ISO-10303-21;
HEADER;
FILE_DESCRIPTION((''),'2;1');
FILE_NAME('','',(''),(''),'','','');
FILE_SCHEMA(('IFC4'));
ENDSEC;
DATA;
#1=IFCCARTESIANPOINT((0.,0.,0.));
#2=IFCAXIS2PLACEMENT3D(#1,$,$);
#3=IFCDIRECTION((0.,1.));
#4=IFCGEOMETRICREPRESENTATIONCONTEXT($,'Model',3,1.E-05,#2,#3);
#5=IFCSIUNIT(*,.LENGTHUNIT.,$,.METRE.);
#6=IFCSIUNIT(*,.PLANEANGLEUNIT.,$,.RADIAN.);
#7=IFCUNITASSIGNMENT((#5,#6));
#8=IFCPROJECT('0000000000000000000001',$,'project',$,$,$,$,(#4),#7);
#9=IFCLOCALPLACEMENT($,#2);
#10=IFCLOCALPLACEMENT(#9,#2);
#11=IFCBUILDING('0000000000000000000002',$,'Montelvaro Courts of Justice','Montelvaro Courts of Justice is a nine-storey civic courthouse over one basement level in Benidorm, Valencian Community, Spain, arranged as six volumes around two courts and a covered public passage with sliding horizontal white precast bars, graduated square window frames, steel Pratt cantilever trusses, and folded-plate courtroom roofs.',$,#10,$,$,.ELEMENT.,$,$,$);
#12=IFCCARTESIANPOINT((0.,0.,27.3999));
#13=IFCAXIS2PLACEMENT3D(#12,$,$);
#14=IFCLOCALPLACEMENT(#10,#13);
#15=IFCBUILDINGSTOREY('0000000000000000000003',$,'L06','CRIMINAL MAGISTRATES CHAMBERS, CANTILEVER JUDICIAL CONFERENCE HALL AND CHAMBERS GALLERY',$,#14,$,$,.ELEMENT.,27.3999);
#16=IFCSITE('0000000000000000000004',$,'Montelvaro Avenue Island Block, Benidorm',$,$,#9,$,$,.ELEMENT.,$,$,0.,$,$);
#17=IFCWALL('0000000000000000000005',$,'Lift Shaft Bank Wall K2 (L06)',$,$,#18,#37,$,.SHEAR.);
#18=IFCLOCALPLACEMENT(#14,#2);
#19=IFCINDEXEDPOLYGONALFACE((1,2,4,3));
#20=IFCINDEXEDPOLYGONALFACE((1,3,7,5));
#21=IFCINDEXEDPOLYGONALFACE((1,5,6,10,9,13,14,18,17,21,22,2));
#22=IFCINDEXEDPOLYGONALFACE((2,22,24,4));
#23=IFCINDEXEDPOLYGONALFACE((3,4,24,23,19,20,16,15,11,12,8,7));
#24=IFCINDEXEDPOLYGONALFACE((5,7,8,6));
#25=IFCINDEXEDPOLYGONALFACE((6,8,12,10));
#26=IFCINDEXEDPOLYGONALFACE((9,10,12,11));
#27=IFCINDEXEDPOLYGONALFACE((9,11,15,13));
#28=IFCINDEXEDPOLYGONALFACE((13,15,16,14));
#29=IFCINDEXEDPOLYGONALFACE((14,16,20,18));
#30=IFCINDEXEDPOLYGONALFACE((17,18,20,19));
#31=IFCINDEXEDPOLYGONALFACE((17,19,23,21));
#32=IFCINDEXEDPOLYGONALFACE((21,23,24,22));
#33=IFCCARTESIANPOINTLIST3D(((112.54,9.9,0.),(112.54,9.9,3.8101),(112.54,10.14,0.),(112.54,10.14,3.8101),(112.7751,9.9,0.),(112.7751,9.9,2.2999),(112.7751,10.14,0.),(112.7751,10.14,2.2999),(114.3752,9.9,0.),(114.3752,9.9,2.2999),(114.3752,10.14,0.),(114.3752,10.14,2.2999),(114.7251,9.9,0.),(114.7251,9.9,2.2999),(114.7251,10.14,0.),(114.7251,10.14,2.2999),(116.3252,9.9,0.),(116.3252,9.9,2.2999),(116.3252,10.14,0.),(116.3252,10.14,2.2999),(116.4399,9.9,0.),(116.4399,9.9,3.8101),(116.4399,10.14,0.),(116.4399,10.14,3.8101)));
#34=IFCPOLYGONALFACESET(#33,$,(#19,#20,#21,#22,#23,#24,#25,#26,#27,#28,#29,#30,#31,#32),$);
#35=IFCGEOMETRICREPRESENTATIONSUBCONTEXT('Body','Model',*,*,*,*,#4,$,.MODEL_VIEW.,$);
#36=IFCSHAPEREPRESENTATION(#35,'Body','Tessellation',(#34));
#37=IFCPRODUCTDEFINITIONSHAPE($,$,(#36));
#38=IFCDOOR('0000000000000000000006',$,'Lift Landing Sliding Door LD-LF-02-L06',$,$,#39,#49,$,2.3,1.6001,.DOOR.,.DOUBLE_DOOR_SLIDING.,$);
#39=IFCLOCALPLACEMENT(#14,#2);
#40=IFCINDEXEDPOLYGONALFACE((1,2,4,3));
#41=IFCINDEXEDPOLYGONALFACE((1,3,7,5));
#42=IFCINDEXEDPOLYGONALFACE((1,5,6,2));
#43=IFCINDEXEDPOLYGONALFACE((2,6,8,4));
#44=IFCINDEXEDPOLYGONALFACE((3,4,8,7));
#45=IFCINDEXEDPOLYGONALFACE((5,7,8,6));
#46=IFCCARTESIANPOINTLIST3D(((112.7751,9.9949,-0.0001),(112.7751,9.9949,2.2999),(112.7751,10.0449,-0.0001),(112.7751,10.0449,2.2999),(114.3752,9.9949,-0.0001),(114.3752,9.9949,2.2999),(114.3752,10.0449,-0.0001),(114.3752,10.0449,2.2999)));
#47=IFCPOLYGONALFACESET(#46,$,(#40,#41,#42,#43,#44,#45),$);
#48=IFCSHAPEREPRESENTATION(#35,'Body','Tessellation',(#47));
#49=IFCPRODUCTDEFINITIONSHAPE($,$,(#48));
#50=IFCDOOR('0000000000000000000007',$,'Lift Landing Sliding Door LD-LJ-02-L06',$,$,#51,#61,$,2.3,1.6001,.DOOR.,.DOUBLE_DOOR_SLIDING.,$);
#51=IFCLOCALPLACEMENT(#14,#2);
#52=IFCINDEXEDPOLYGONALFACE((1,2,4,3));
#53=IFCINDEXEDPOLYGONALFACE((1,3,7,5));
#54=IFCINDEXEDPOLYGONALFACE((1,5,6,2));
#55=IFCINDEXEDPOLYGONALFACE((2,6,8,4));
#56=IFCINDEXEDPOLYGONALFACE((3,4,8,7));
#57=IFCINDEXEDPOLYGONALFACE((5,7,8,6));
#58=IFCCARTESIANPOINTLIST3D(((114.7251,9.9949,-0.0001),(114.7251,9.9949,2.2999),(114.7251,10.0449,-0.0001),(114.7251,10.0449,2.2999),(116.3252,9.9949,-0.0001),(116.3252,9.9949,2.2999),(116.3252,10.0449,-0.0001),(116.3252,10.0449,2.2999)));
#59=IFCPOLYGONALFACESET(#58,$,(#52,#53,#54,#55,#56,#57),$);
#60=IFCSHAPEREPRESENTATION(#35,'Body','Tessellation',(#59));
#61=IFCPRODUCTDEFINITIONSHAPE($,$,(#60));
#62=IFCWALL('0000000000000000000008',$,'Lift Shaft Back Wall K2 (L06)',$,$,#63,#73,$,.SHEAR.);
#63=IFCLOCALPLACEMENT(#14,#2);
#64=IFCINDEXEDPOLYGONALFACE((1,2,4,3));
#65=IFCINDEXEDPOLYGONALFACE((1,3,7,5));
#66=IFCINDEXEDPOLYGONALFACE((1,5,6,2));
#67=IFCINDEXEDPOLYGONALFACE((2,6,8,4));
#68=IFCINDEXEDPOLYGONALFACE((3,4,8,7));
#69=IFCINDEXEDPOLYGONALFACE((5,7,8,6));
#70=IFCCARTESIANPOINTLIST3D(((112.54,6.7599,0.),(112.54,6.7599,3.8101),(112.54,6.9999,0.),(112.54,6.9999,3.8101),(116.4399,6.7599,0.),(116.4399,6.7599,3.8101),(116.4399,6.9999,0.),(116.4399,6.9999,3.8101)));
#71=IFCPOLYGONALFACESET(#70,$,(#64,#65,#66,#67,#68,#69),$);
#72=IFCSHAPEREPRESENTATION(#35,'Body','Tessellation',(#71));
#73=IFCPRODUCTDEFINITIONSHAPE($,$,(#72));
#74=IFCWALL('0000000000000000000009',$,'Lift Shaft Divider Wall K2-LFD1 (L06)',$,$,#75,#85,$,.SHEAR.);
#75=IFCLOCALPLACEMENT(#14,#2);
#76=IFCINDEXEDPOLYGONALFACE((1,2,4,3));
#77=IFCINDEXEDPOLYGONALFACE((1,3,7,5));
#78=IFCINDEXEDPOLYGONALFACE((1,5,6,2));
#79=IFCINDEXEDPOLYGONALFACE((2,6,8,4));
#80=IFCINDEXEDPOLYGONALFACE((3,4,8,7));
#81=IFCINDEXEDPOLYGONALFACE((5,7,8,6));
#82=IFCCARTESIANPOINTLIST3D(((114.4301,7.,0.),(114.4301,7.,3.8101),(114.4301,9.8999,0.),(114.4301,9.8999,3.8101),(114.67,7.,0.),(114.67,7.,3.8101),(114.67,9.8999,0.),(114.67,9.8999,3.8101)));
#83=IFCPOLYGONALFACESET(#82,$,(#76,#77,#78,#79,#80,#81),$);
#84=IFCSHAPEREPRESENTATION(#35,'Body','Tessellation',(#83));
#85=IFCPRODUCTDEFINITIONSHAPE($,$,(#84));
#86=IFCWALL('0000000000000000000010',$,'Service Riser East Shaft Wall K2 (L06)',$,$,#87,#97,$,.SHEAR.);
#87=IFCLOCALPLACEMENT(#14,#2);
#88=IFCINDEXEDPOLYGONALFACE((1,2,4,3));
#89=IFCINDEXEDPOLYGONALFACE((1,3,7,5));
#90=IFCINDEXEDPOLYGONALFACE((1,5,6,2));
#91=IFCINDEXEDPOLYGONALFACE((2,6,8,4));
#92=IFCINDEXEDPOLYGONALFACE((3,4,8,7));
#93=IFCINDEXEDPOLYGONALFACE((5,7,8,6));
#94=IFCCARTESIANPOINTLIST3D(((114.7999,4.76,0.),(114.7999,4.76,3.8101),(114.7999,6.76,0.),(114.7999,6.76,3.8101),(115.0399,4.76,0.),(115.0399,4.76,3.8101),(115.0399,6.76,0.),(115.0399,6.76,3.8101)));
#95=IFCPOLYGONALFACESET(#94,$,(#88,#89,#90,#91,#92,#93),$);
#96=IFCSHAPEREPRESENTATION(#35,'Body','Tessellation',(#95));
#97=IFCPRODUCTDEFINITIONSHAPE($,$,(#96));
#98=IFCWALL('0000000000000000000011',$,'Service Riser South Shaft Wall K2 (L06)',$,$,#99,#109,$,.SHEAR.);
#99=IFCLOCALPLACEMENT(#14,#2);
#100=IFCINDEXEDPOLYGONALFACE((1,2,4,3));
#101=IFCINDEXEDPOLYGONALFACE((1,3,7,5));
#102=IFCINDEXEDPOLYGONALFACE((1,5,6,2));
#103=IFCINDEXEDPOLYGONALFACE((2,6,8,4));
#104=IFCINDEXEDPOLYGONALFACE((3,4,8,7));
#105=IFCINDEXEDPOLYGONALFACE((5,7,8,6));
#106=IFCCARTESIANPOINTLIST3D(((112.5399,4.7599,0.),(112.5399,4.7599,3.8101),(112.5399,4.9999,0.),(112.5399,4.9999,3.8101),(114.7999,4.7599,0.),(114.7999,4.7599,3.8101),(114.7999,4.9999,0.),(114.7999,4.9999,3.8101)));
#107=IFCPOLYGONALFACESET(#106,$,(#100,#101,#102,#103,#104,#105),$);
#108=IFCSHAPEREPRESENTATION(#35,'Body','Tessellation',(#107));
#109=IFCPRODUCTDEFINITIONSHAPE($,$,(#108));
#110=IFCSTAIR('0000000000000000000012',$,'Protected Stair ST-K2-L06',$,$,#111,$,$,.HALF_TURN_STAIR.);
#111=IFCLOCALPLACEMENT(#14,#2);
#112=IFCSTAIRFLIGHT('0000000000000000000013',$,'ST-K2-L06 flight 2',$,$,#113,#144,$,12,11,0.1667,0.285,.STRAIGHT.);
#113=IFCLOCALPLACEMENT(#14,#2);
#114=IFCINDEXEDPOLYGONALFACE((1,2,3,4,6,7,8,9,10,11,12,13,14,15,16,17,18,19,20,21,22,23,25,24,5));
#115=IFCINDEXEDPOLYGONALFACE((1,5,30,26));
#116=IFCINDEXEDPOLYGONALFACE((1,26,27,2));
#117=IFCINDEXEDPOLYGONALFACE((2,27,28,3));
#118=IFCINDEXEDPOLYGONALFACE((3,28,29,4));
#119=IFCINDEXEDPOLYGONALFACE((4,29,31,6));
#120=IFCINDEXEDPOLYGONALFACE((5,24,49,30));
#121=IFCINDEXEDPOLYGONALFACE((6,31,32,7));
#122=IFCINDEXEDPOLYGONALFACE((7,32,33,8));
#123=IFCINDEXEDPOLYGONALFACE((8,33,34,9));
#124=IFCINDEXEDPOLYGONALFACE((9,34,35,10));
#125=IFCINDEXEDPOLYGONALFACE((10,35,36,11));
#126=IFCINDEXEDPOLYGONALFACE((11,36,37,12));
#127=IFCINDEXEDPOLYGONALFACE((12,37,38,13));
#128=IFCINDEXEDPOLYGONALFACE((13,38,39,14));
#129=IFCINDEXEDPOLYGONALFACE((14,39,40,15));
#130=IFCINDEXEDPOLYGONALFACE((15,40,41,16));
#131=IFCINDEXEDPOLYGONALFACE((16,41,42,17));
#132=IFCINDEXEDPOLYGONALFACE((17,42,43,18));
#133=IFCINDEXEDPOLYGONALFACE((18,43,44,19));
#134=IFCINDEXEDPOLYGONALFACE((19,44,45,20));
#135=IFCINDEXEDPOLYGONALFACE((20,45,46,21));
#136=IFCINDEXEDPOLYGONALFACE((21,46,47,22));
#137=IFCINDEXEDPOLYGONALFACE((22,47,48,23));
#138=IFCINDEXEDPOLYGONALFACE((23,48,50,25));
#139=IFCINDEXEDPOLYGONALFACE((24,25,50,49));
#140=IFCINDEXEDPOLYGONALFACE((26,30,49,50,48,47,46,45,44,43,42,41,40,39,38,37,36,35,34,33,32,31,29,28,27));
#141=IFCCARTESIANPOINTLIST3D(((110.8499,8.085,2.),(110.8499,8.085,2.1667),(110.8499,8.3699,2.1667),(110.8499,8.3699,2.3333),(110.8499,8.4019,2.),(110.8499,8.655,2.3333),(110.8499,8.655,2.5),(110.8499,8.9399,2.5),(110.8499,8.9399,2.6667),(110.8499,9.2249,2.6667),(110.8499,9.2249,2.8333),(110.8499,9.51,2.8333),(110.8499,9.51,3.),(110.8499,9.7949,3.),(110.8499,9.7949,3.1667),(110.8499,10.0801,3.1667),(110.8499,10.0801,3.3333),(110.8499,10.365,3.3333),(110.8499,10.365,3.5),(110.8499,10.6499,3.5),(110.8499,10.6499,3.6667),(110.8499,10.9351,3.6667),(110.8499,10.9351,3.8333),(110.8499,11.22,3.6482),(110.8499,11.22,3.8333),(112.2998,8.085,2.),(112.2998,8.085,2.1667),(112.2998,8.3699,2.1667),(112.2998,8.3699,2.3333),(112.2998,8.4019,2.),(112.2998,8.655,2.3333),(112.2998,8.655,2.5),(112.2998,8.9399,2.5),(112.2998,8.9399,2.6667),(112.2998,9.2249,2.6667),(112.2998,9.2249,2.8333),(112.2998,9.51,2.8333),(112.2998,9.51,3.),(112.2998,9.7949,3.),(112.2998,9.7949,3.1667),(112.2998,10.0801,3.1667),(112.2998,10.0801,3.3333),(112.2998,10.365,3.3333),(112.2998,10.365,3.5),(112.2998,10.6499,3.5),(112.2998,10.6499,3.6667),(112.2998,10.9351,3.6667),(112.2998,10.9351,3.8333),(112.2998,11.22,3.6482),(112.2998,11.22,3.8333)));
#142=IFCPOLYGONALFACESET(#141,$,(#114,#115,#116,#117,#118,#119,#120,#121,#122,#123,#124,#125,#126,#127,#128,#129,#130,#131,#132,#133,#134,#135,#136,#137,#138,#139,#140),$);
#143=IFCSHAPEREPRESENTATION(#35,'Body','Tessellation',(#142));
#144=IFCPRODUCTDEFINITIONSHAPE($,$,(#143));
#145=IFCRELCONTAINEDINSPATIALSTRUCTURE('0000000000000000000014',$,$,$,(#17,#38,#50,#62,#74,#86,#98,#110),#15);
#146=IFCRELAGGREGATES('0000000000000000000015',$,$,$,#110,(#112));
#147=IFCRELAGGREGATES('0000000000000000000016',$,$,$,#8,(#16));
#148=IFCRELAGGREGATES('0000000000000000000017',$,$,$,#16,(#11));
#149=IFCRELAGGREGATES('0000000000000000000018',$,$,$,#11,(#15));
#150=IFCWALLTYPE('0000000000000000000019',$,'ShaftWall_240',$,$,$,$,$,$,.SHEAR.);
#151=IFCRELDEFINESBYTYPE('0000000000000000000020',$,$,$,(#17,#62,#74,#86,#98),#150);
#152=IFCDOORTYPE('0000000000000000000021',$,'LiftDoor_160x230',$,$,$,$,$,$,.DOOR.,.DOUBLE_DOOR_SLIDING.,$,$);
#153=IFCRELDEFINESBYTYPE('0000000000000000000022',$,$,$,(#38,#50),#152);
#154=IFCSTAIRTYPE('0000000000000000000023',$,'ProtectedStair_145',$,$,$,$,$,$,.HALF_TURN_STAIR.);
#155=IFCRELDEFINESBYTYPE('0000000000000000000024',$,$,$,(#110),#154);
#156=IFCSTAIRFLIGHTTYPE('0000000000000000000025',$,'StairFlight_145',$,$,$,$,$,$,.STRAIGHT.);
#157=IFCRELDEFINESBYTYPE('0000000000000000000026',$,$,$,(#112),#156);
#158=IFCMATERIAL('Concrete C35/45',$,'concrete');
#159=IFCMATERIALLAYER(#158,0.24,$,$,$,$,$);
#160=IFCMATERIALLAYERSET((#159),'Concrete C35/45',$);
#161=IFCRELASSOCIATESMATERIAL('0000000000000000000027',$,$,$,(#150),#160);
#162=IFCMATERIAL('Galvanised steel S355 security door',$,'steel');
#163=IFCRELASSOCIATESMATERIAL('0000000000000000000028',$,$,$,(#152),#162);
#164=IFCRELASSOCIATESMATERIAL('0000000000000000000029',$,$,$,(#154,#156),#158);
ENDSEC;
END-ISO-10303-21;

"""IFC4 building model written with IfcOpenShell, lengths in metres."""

from ifc_helpers import new_model, si_unit, direction, frame, frame_2d, origin, place, context, subcontext, project, spatial, polyline, rectangle, outline, extrude, material, layer, layer_set, type_object, element, fill, aggregate, save


model = new_model("IFC4")

# Units and contexts
model_context = context("Model", 3, precision=1e-05, world=origin(), true_north=direction((0.0, 1.0)))
body_context = subcontext(model_context, "Body", "Model", "MODEL_VIEW")
ifc_project = project(units=[si_unit("LENGTHUNIT", "METRE"), si_unit("PLANEANGLEUNIT", "RADIAN")], contexts=[model_context])

# Site, building, storey
site_placement = place(None, origin())
site = spatial("IfcSite", under=ifc_project, at=site_placement, Name="Montelvaro Avenue Island Block, Benidorm", CompositionType="ELEMENT", RefElevation=0.0)
building_placement = place(site_placement, origin())
building = spatial("IfcBuilding", under=site, at=building_placement, Name="Montelvaro Courts of Justice", Description="Montelvaro Courts of Justice is a nine-storey civic courthouse over one basement level in Benidorm, Valencian Community, Spain, arranged as six volumes around two courts and a covered public passage with sliding horizontal white precast bars, graduated square window frames, steel Pratt cantilever trusses, and folded-plate courtroom roofs.", CompositionType="ELEMENT")
storey_placement = place(building_placement, frame((0.0, 0.0, 27.3999)))
storey = spatial("IfcBuildingStorey", under=building, at=storey_placement, Name="L06", Description="CRIMINAL MAGISTRATES CHAMBERS, CANTILEVER JUDICIAL CONFERENCE HALL AND CHAMBERS GALLERY", CompositionType="ELEMENT", Elevation=27.3999)

# Shared definitions
ifc_material_1 = material(Name="Concrete C35/45", Category="concrete")
ifc_layer_1 = layer(ifc_material_1, 0.24)
ifc_layer_set_1 = layer_set([ifc_layer_1], Name="Concrete C35/45")
wall_type_1 = type_object("IfcWallType", Name="ShaftWall_240", PredefinedType="SHEAR", material=ifc_layer_set_1)

# Shared definitions
ifc_material_2 = material(Name="Galvanised steel S355 security door", Category="steel")

# Wall, openings, doors
wall_1_placement = place(storey_placement, frame((112.54, 10.02, 0.0), z_axis=(0.0, 0.0, 1.0), x_axis=(1.0, 0.0, 0.0)))
wall_1 = element("IfcWall", 1, at=wall_1_placement, inside=storey, type_object=wall_type_1, Name="Lift Shaft Bank Wall K2 (L06)", PredefinedType="SHEAR", context=body_context, shape_type="SweptSolid", body=[
    extrude(rectangle(XDim=3.8999, YDim=0.24, at=frame_2d((1.95, 0.0))), origin(), (0.0, 0.0, 1.0), 3.8101),
])
opening_1_placement = place(wall_1_placement, frame((0.2351, 0.0, 0.0)))
opening_1 = element("IfcOpeningElement", 2, at=opening_1_placement, cuts=wall_1, PredefinedType="OPENING", context=body_context, shape_type="SweptSolid", body=[
    extrude(rectangle(XDim=1.6001, YDim=2.3, at=frame_2d((0.8, 1.1499))), frame((0.0, 0.1348, 0.0), z_axis=(0.0, -1.0, 0.0), x_axis=(1.0, 0.0, 0.0)), (0.0, 0.0, 1.0), 0.2698),
])
opening_2_placement = place(wall_1_placement, frame((2.1851, 0.0, 0.0)))
opening_2 = element("IfcOpeningElement", 3, at=opening_2_placement, cuts=wall_1, PredefinedType="OPENING", context=body_context, shape_type="SweptSolid", body=[
    extrude(rectangle(XDim=1.6001, YDim=2.3, at=frame_2d((0.8, 1.1499))), frame((0.0, 0.1348, 0.0), z_axis=(0.0, -1.0, 0.0), x_axis=(1.0, 0.0, 0.0)), (0.0, 0.0, 1.0), 0.2698),
])
door_type_1 = type_object("IfcDoorType", Name="LiftDoor_160x230", OperationType="DOUBLE_DOOR_SLIDING", PredefinedType="DOOR", material=ifc_material_2)
door_1_placement = place(opening_1_placement, origin())
door_1 = element("IfcDoor", 4, at=door_1_placement, inside=storey, type_object=door_type_1, Name="Lift Landing Sliding Door LD-LF-02-L06", OperationType="DOUBLE_DOOR_SLIDING", OverallHeight=2.3, OverallWidth=1.6001, PredefinedType="DOOR", context=body_context, shape_type="SweptSolid", body=[
    extrude(rectangle(XDim=1.6001, YDim=2.3, at=frame_2d((0.8, 1.1499))), frame((0.0, 0.0249, 0.0), z_axis=(0.0, -1.0, 0.0), x_axis=(1.0, 0.0, 0.0)), (0.0, 0.0, 1.0), 0.05),
])
fill(opening_1, door_1)
door_2_placement = place(opening_2_placement, origin())
door_2 = element("IfcDoor", 5, at=door_2_placement, inside=storey, type_object=door_type_1, Name="Lift Landing Sliding Door LD-LJ-02-L06", OperationType="DOUBLE_DOOR_SLIDING", OverallHeight=2.3, OverallWidth=1.6001, PredefinedType="DOOR", context=body_context, shape_type="SweptSolid", body=[
    extrude(rectangle(XDim=1.6001, YDim=2.3, at=frame_2d((0.8, 1.1499))), frame((0.0, 0.0249, 0.0), z_axis=(0.0, -1.0, 0.0), x_axis=(1.0, 0.0, 0.0)), (0.0, 0.0, 1.0), 0.05),
])
fill(opening_2, door_2)

# Walls
wall_2_placement = place(storey_placement, frame((112.54, 6.8799, 0.0), z_axis=(0.0, 0.0, 1.0), x_axis=(1.0, 0.0, 0.0)))
element("IfcWall", 6, at=wall_2_placement, inside=storey, type_object=wall_type_1, Name="Lift Shaft Back Wall K2 (L06)", PredefinedType="SHEAR", context=body_context, shape_type="SweptSolid", body=[
    extrude(rectangle(XDim=3.8999, YDim=0.24, at=frame_2d((1.95, 0.0))), origin(), (0.0, 0.0, 1.0), 3.8101),
])
wall_3_placement = place(storey_placement, frame((114.55, 7.0, 0.0), z_axis=(0.0, 0.0, 1.0), x_axis=(0.0, 1.0, 0.0)))
element("IfcWall", 7, at=wall_3_placement, inside=storey, type_object=wall_type_1, Name="Lift Shaft Divider Wall K2-LFD1 (L06)", PredefinedType="SHEAR", context=body_context, shape_type="SweptSolid", body=[
    extrude(rectangle(XDim=2.8999, YDim=0.24, at=frame_2d((1.45, 0.0))), origin(), (0.0, 0.0, 1.0), 3.8101),
])
wall_4_placement = place(storey_placement, frame((114.9199, 4.76, 0.0), z_axis=(0.0, 0.0, 1.0), x_axis=(0.0, 1.0, 0.0)))
element("IfcWall", 8, at=wall_4_placement, inside=storey, type_object=wall_type_1, Name="Service Riser East Shaft Wall K2 (L06)", PredefinedType="SHEAR", context=body_context, shape_type="SweptSolid", body=[
    extrude(rectangle(XDim=2.0, YDim=0.24, at=frame_2d((1.0, 0.0))), origin(), (0.0, 0.0, 1.0), 3.8101),
])
wall_5_placement = place(storey_placement, frame((112.54, 4.8799, 0.0), z_axis=(0.0, 0.0, 1.0), x_axis=(1.0, 0.0, 0.0)))
element("IfcWall", 9, at=wall_5_placement, inside=storey, type_object=wall_type_1, Name="Service Riser South Shaft Wall K2 (L06)", PredefinedType="SHEAR", context=body_context, shape_type="SweptSolid", body=[
    extrude(rectangle(XDim=2.26, YDim=0.24, at=frame_2d((1.1299, 0.0))), origin(), (0.0, 0.0, 1.0), 3.8101),
])

# Stair, stair flight
stair_type = type_object("IfcStairType", Name="ProtectedStair_145", PredefinedType="HALF_TURN_STAIR", material=ifc_material_1)
stair_placement = place(storey_placement, origin())
stair = element("IfcStair", 10, at=stair_placement, inside=storey, type_object=stair_type, Name="Protected Stair ST-K2-L06", PredefinedType="HALF_TURN_STAIR")
stair_flight_type = type_object("IfcStairFlightType", Name="StairFlight_145", PredefinedType="STRAIGHT", material=ifc_material_1)
stair_flight_placement = place(storey_placement, frame((111.575, 8.085, 2.0), z_axis=(0.0, 0.0, 1.0), x_axis=(0.0, 1.0, 0.0)))
stair_flight = element("IfcStairFlight", 11, at=stair_flight_placement, type_object=stair_flight_type, Name="ST-K2-L06 flight 2", NumberOfRisers=12, NumberOfTreads=11, PredefinedType="STRAIGHT", RiserHeight=0.1667, TreadLength=0.285, context=body_context, shape_type="SweptSolid", body=[
    extrude(outline(polyline([(0.0, 0.0), (0.0, 0.1667), (0.2849, 0.1667), (0.2849, 0.3333), (0.5701, 0.3333), (0.5701, 0.5), (0.855, 0.5), (0.855, 0.6667), (1.1399, 0.6667), (1.1399, 0.8333), (1.425, 0.8333), (1.425, 1.0), (1.71, 1.0), (1.71, 1.1667), (1.9951, 1.1667), (1.9951, 1.3333), (2.28, 1.3333), (2.28, 1.5), (2.5649, 1.5), (2.5649, 1.6667), (2.8501, 1.6667), (2.8501, 1.8333), (3.135, 1.8333), (3.135, 2.0), (3.135, 1.6482), (0.3169, 0.0), (0.0, 0.0)])), frame((0.0, 0.7251, 0.0), z_axis=(0.0, -1.0, 0.0), x_axis=(1.0, 0.0, 0.0)), (0.0, 0.0, 1.0), 1.45),
])
aggregate(stair, [stair_flight])

save(model, "model.ifc")
